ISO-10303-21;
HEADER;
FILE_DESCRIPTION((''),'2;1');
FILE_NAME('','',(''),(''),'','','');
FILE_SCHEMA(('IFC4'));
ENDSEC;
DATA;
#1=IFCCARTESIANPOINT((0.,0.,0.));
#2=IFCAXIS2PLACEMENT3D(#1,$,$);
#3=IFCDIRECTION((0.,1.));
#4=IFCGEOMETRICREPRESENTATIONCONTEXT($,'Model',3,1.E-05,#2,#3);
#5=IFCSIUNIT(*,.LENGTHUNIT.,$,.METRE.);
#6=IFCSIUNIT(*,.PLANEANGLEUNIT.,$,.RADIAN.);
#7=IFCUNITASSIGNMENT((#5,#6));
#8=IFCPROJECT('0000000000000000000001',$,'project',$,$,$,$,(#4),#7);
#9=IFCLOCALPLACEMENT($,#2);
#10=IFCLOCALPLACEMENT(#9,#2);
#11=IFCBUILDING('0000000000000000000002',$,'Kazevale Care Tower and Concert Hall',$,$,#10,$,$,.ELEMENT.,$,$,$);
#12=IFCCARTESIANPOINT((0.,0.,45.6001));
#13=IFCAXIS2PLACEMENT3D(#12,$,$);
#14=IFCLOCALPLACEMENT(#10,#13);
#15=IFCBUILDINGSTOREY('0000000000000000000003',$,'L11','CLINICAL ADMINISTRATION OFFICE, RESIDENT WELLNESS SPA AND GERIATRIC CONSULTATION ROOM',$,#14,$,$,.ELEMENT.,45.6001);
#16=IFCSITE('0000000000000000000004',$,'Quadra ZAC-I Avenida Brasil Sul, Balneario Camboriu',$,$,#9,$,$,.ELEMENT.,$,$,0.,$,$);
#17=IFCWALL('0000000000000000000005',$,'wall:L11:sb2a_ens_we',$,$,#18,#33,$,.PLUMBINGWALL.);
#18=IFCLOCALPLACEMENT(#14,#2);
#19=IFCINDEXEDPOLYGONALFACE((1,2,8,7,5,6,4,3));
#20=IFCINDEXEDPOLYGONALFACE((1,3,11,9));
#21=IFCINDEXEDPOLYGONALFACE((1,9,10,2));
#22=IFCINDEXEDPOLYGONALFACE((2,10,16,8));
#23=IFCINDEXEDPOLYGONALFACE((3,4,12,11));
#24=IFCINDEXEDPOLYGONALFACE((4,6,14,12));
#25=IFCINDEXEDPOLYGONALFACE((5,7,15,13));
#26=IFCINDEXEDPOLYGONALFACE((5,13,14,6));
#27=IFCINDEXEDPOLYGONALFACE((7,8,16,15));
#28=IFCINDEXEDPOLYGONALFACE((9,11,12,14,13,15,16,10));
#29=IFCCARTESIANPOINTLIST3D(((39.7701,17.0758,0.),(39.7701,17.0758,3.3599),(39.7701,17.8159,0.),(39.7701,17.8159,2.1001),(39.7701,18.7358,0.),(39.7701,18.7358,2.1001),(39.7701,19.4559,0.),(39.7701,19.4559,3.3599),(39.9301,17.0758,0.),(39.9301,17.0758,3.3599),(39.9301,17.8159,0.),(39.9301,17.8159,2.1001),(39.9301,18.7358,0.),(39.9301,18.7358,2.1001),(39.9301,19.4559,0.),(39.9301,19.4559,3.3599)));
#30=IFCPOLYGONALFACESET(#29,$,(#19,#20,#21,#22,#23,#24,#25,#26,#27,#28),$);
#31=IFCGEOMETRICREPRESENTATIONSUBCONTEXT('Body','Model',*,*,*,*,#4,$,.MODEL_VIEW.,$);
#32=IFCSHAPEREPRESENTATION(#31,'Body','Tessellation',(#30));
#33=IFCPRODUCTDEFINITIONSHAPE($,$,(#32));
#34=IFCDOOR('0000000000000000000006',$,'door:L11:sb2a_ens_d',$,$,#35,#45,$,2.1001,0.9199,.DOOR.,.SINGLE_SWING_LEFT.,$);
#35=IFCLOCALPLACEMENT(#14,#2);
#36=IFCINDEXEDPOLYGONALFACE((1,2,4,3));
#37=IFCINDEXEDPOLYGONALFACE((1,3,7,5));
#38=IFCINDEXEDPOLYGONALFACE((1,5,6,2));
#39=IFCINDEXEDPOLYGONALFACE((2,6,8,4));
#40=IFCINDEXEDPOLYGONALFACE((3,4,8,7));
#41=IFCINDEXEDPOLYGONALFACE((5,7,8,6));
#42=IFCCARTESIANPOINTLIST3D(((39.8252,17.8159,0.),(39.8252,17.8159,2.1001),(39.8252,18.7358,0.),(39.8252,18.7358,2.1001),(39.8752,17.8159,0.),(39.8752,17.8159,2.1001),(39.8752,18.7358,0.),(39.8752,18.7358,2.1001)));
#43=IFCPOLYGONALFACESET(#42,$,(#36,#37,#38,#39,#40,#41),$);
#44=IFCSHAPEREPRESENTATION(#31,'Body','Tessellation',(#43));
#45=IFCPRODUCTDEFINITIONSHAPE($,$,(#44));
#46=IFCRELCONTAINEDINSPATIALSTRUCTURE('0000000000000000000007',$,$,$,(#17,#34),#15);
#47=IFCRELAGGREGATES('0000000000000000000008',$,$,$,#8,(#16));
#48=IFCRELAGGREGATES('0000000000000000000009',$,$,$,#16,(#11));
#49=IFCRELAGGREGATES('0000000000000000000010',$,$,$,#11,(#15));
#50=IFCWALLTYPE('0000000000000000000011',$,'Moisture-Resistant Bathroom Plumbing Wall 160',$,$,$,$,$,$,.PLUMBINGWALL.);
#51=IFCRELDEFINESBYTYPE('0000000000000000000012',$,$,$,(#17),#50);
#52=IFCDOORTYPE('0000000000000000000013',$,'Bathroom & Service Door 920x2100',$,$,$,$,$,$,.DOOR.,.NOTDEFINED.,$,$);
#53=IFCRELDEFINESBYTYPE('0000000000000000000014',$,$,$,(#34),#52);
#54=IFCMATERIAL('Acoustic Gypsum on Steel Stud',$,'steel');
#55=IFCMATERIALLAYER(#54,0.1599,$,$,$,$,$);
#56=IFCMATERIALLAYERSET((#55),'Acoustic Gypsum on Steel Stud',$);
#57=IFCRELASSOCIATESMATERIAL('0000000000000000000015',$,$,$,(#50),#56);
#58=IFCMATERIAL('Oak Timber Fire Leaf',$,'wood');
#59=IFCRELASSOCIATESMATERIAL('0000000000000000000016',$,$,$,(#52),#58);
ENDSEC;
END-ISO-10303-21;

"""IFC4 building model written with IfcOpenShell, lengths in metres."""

from ifc_helpers import new_model, si_unit, direction, frame, frame_2d, origin, place, context, subcontext, project, spatial, rectangle, extrude, material, layer, layer_set, type_object, element, fill, save


model = new_model("IFC4")

# Units and contexts
model_context = context("Model", 3, precision=1e-05, world=origin(), true_north=direction((0.0, 1.0)))
body_context = subcontext(model_context, "Body", "Model", "MODEL_VIEW")
ifc_project = project(units=[si_unit("LENGTHUNIT", "METRE"), si_unit("PLANEANGLEUNIT", "RADIAN")], contexts=[model_context])

# Site, building, storey
site_placement = place(None, origin())
site = spatial("IfcSite", under=ifc_project, at=site_placement, Name="Quadra ZAC-I Avenida Brasil Sul, Balneario Camboriu", CompositionType="ELEMENT", RefElevation=0.0)
building_placement = place(site_placement, origin())
building = spatial("IfcBuilding", under=site, at=building_placement, Name="Kazevale Care Tower and Concert Hall", CompositionType="ELEMENT")
storey_placement = place(building_placement, frame((0.0, 0.0, 45.6001)))
storey = spatial("IfcBuildingStorey", under=building, at=storey_placement, Name="L11", Description="CLINICAL ADMINISTRATION OFFICE, RESIDENT WELLNESS SPA AND GERIATRIC CONSULTATION ROOM", CompositionType="ELEMENT", Elevation=45.6001)

# Shared definitions
ifc_material_1 = material(Name="Acoustic Gypsum on Steel Stud", Category="steel")

# Shared definitions
ifc_material_2 = material(Name="Oak Timber Fire Leaf", Category="wood")

# Shared definitions
ifc_layer_1 = layer(ifc_material_1, 0.1599)
ifc_layer_set_1 = layer_set([ifc_layer_1], Name="Acoustic Gypsum on Steel Stud")
wall_type_1 = type_object("IfcWallType", Name="Moisture-Resistant Bathroom Plumbing Wall 160", PredefinedType="PLUMBINGWALL", material=ifc_layer_set_1)

# Wall, opening, door
wall_1_placement = place(storey_placement, frame((39.8501, 17.0759, 0.0), z_axis=(0.0, 0.0, 1.0), x_axis=(0.0, 1.0, 0.0)))
wall_1 = element("IfcWall", 1, at=wall_1_placement, inside=storey, type_object=wall_type_1, Name="wall:L11:sb2a_ens_we", PredefinedType="PLUMBINGWALL", context=body_context, shape_type="SweptSolid", body=[
    extrude(rectangle(XDim=2.3801, YDim=0.1599, at=frame_2d((1.1899, 0.0))), origin(), (0.0, 0.0, 1.0), 3.3599),
])
opening_1_placement = place(wall_1_placement, frame((0.74, 0.0, 0.0)))
opening_1 = element("IfcOpeningElement", 2, at=opening_1_placement, cuts=wall_1, PredefinedType="OPENING", context=body_context, shape_type="SweptSolid", body=[
    extrude(rectangle(XDim=0.9199, YDim=2.1001, at=frame_2d((0.46, 1.05))), frame((0.0, 0.0898, 0.0), z_axis=(0.0, -1.0, 0.0), x_axis=(1.0, 0.0, 0.0)), (0.0, 0.0, 1.0), 0.1799),
])
door_type_1 = type_object("IfcDoorType", Name="Bathroom & Service Door 920x2100", OperationType="NOTDEFINED", PredefinedType="DOOR", material=ifc_material_2)
door_1_placement = place(opening_1_placement, origin())
door_1 = element("IfcDoor", 3, at=door_1_placement, inside=storey, type_object=door_type_1, Name="door:L11:sb2a_ens_d", OperationType="SINGLE_SWING_LEFT", OverallHeight=2.1001, OverallWidth=0.9199, PredefinedType="DOOR", context=body_context, shape_type="SweptSolid", body=[
    extrude(rectangle(XDim=0.9199, YDim=2.1001, at=frame_2d((0.46, 1.05))), frame((0.0, 0.0249, 0.0), z_axis=(0.0, -1.0, 0.0), x_axis=(1.0, 0.0, 0.0)), (0.0, 0.0, 1.0), 0.05),
])
fill(opening_1, door_1)

save(model, "model.ifc")
